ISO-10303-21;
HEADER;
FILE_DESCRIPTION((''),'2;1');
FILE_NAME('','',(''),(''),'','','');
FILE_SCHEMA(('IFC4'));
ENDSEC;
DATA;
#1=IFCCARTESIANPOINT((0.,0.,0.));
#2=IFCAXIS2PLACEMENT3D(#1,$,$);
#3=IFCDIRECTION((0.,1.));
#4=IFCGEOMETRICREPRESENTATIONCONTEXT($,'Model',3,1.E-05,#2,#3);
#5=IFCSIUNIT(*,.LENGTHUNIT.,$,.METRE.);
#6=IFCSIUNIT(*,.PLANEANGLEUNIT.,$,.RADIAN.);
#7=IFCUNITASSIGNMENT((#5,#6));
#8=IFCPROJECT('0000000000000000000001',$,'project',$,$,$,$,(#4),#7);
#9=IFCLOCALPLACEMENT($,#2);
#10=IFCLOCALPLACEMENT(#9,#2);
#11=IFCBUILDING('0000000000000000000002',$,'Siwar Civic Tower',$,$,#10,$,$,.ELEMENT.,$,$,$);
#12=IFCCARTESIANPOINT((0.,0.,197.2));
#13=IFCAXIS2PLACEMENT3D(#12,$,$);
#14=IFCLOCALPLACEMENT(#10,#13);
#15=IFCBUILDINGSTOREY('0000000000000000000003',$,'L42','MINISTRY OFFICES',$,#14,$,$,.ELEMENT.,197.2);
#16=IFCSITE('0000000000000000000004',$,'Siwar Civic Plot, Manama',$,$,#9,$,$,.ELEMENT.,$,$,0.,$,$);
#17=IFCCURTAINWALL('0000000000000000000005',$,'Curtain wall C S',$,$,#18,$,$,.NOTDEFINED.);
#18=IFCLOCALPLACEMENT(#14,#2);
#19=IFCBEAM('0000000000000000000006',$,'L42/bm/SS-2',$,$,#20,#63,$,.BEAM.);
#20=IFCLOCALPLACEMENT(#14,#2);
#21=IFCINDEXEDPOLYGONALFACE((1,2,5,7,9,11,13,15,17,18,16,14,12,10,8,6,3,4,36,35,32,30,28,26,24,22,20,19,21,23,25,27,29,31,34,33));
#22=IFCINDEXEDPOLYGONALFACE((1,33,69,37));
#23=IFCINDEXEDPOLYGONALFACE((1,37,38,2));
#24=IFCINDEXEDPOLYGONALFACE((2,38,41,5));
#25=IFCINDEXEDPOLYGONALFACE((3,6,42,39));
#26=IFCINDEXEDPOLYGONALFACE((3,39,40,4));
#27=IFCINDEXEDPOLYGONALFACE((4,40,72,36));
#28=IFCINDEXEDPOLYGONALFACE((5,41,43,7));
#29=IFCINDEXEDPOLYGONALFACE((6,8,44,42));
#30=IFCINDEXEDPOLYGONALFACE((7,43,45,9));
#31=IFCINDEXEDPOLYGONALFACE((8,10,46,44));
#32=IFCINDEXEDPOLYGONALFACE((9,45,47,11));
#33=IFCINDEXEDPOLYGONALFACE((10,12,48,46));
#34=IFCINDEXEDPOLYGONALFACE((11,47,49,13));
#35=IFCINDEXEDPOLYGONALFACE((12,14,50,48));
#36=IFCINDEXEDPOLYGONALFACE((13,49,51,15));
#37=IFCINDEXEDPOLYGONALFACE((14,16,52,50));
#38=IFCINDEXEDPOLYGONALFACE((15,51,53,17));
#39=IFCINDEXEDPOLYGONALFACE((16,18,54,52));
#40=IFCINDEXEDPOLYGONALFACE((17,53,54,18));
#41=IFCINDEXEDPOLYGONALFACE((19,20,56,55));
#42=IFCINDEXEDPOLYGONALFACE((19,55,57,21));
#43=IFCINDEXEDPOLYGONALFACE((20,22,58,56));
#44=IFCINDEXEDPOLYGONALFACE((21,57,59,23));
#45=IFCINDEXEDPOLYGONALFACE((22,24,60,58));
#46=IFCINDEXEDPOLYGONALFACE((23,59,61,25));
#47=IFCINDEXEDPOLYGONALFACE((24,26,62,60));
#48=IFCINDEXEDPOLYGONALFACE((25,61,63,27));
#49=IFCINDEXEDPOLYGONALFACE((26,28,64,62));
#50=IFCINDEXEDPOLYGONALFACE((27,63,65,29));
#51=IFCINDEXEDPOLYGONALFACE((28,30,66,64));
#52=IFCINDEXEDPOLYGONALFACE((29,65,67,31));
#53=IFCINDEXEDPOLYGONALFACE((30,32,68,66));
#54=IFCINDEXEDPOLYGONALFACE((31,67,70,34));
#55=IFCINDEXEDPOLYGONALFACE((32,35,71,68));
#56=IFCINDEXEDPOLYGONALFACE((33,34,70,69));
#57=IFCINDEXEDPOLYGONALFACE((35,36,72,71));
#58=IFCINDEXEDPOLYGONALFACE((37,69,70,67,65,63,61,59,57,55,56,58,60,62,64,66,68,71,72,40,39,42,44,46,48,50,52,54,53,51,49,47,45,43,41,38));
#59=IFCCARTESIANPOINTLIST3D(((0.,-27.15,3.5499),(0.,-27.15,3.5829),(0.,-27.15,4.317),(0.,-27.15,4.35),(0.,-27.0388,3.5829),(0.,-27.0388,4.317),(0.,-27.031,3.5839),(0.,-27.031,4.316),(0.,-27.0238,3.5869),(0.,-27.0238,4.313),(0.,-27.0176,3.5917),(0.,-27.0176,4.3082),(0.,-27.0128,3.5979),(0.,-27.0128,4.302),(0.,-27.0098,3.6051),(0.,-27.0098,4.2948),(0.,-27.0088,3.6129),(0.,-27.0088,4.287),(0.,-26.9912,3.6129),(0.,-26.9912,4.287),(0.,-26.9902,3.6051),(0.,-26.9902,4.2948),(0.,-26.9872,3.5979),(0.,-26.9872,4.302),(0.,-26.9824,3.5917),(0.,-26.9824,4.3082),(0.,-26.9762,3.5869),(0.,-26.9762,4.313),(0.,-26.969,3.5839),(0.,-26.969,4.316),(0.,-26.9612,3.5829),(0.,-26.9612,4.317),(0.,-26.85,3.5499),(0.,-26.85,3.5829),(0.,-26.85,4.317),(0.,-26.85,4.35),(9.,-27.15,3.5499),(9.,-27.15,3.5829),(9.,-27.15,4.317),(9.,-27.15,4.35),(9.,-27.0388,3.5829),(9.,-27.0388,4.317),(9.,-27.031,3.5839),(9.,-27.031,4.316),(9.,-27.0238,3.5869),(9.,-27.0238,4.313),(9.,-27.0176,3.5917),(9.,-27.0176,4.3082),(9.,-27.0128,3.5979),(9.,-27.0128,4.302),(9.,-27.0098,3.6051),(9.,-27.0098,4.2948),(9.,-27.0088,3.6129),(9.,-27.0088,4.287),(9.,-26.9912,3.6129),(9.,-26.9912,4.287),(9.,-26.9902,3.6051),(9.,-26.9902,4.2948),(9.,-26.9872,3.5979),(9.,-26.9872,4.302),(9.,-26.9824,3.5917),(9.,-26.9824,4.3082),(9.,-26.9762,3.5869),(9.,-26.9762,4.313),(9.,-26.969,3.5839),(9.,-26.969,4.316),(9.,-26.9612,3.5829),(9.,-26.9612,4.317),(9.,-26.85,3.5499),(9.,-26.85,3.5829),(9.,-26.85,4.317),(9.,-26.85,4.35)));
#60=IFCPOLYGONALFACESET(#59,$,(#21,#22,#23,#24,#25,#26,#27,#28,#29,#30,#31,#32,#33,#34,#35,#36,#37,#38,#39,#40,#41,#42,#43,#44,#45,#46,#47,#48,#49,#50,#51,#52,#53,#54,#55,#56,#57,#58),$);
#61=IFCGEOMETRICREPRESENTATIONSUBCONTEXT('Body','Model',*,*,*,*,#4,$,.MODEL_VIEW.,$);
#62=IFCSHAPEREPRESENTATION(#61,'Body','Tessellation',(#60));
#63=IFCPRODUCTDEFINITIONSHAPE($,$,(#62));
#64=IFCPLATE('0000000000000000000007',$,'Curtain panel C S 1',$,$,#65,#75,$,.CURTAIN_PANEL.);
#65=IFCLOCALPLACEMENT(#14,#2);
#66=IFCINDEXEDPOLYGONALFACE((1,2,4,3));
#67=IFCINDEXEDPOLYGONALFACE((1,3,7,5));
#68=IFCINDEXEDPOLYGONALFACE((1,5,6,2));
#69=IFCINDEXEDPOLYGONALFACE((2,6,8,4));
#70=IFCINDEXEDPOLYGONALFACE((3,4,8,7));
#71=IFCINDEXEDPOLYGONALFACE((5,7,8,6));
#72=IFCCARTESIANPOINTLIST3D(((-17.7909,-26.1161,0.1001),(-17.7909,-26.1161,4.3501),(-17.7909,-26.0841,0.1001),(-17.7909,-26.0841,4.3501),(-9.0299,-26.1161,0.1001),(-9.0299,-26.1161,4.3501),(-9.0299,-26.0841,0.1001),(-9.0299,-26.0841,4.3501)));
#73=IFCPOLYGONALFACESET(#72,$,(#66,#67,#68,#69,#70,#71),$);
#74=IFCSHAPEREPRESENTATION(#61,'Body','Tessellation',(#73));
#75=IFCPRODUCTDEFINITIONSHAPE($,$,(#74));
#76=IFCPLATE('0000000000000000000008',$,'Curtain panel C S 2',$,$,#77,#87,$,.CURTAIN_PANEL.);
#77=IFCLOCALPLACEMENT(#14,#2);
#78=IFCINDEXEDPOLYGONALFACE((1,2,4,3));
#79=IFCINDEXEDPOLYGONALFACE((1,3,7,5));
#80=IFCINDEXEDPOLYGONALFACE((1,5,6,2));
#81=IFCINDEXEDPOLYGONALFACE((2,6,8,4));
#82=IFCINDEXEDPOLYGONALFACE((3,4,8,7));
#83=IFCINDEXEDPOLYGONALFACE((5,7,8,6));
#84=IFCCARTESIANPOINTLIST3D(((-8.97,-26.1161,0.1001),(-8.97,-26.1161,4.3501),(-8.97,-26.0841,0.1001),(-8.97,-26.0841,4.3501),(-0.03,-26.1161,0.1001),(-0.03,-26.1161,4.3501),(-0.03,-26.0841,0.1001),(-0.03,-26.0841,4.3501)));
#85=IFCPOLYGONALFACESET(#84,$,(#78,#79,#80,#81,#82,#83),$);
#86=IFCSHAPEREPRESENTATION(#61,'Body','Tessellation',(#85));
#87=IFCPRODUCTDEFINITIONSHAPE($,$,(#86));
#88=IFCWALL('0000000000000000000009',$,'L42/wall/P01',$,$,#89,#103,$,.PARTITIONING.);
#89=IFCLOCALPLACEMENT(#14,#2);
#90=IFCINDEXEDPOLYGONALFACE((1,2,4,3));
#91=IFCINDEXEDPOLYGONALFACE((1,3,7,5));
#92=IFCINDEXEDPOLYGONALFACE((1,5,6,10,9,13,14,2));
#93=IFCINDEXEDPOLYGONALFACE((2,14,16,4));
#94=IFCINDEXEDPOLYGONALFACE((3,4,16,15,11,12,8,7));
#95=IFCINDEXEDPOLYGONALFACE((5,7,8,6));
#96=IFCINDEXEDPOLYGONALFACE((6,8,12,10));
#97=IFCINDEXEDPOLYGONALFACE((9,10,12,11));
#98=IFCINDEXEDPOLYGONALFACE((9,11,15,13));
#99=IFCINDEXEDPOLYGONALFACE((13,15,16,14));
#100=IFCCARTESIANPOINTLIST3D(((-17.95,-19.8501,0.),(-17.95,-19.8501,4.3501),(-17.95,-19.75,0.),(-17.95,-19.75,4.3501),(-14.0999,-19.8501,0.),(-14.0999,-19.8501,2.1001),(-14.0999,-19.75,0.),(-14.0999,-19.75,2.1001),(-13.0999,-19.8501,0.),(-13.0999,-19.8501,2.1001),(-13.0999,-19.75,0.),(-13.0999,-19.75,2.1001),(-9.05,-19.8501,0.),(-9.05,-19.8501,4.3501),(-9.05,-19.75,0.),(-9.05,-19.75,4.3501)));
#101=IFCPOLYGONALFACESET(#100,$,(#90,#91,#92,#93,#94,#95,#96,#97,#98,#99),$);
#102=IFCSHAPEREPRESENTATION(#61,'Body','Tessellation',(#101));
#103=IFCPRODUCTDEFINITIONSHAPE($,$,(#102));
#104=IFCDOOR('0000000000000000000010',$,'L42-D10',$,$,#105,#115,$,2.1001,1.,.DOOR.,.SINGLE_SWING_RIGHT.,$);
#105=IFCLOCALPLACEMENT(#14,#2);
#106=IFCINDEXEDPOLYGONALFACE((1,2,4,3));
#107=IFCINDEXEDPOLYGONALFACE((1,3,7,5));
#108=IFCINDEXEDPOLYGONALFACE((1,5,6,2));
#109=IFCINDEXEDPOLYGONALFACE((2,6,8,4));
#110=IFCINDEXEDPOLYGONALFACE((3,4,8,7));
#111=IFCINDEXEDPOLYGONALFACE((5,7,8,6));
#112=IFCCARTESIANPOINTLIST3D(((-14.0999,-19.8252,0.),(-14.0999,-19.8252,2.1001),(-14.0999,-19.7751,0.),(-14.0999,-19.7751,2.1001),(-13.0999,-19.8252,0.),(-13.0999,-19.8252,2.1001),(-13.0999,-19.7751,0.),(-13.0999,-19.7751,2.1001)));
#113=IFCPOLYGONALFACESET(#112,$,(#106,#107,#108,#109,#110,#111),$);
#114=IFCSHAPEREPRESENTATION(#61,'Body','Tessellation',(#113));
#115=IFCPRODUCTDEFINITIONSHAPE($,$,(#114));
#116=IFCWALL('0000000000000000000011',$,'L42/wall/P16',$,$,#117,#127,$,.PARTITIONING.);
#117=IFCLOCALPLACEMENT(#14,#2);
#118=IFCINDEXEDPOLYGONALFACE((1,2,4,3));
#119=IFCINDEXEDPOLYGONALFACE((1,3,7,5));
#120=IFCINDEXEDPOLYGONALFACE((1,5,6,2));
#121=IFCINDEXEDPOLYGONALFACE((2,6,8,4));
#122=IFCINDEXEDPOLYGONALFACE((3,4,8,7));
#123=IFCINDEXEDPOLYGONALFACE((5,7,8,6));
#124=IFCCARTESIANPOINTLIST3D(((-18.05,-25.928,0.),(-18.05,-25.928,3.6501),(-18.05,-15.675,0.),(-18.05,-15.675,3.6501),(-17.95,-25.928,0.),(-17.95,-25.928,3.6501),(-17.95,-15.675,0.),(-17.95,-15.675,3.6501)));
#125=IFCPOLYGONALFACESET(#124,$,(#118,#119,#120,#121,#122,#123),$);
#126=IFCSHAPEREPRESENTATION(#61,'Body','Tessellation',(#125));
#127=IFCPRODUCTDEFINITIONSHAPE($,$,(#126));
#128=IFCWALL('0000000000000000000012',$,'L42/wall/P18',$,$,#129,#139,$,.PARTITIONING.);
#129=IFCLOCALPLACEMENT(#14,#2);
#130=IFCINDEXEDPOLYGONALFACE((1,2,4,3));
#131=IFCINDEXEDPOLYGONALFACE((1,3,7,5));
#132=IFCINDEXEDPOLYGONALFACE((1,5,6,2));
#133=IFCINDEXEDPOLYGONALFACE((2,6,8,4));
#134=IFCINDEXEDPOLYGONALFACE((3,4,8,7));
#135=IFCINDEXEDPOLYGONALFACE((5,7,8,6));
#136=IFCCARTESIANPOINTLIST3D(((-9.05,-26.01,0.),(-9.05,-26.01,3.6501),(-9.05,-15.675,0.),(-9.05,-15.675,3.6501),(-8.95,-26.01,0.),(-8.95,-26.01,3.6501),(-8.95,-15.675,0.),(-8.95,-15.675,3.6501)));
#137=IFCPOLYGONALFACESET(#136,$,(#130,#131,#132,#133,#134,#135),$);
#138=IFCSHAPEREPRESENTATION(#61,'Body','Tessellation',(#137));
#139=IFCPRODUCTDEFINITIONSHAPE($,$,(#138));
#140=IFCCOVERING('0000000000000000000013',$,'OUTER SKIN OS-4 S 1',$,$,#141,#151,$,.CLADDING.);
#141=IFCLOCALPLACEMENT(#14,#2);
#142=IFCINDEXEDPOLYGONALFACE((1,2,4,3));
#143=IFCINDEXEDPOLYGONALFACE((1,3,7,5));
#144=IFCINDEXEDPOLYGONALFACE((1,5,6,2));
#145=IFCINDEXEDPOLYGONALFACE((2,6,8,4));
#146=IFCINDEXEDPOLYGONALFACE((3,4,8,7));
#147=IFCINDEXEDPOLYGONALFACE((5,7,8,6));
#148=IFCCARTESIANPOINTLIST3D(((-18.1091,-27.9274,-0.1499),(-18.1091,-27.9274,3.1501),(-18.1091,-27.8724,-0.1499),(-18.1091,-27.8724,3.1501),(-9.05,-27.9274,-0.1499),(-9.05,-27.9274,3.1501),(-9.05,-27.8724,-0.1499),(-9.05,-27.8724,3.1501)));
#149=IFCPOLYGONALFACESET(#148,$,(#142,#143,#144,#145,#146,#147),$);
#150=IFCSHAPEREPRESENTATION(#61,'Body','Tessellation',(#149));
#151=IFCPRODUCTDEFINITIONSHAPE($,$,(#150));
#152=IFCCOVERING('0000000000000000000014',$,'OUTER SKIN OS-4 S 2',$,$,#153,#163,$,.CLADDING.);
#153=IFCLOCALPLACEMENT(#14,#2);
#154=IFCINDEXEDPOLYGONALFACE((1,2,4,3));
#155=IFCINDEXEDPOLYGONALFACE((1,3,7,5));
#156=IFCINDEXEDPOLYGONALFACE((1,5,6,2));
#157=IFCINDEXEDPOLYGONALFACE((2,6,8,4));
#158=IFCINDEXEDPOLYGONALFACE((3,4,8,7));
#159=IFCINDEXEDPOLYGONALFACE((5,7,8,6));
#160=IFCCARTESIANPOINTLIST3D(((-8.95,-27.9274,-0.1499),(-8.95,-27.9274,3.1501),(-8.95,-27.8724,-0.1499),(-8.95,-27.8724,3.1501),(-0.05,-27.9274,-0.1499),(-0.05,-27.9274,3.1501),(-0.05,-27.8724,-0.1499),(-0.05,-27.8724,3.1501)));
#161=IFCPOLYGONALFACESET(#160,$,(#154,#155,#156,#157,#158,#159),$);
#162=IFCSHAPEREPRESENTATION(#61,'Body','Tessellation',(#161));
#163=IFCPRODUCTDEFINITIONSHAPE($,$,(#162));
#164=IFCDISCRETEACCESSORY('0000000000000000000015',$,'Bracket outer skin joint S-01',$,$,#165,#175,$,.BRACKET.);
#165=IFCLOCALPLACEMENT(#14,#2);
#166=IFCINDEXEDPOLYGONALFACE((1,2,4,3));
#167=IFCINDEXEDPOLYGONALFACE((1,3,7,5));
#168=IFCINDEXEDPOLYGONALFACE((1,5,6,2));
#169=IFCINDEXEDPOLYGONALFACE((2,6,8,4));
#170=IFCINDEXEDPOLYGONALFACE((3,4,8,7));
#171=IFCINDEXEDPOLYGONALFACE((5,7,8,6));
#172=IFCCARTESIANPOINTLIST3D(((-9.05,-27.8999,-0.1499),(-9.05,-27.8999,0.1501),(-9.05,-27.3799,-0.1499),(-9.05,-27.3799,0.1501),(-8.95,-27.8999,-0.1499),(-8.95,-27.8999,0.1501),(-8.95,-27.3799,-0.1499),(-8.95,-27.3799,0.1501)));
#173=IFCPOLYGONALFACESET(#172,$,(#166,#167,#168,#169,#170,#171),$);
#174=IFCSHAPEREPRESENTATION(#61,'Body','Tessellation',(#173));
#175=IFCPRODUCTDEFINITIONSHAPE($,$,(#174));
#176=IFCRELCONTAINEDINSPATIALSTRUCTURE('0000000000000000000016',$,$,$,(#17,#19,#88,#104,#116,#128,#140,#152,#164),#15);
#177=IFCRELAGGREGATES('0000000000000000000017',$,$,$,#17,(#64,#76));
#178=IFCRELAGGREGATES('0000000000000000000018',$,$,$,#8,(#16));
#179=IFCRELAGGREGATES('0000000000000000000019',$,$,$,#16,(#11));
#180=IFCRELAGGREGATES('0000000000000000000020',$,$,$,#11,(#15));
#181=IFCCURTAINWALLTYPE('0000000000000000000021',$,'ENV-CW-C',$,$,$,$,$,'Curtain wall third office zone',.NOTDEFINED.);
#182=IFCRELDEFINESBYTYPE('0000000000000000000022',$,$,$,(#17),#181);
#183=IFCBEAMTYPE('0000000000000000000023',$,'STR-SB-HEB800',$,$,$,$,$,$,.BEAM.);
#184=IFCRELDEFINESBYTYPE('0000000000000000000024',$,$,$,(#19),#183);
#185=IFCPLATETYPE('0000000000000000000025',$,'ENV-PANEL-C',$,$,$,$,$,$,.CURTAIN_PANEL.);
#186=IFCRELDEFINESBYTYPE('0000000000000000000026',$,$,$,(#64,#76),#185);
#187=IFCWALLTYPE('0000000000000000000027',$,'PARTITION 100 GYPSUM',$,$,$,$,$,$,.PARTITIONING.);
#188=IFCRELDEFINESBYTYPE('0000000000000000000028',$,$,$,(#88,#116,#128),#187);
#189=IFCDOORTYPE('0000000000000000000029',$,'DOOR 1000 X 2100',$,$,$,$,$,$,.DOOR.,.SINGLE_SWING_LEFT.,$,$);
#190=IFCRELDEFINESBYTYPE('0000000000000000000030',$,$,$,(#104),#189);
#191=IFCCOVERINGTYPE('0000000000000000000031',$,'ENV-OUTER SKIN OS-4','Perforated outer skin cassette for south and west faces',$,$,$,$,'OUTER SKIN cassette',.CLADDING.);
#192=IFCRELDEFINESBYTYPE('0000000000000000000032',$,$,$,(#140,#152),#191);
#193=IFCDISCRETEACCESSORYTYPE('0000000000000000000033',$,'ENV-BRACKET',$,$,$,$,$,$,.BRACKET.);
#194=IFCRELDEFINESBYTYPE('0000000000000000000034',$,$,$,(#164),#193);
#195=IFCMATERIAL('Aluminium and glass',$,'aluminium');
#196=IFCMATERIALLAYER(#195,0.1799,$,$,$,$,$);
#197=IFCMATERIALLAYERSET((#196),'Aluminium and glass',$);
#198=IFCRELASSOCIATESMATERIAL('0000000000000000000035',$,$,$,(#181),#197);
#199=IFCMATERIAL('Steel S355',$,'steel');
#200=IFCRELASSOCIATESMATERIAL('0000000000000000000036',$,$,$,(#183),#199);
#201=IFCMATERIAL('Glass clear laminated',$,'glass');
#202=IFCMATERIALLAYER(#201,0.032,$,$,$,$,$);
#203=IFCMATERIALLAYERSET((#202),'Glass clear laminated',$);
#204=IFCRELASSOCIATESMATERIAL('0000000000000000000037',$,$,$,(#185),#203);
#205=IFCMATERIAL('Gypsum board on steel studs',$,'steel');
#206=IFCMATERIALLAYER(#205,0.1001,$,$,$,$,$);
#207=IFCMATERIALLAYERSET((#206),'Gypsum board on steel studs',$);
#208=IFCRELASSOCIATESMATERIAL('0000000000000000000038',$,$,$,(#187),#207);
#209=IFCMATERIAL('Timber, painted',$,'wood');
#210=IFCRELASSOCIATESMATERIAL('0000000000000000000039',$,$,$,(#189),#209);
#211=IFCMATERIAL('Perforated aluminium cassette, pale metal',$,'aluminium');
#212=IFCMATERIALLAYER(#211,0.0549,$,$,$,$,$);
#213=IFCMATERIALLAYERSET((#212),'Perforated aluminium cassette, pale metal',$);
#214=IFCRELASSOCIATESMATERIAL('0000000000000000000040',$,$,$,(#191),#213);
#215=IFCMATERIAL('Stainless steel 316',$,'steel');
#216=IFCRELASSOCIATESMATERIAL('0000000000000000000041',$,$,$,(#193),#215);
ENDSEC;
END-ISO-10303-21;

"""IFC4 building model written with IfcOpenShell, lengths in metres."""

from ifc_helpers import new_model, si_unit, direction, frame, frame_2d, origin, origin_2d, place, context, subcontext, project, spatial, rectangle, i_section, extrude, material, layer, layer_set, material_profile, profile_set, type_object, element, fill, aggregate, save


model = new_model("IFC4")

# Units and contexts
model_context = context("Model", 3, precision=1e-05, world=origin(), true_north=direction((0.0, 1.0)))
body_context = subcontext(model_context, "Body", "Model", "MODEL_VIEW")
ifc_project = project(units=[si_unit("LENGTHUNIT", "METRE"), si_unit("PLANEANGLEUNIT", "RADIAN")], contexts=[model_context])

# Site, building, storey
site_placement = place(None, origin())
site = spatial("IfcSite", under=ifc_project, at=site_placement, Name="Siwar Civic Plot, Manama", CompositionType="ELEMENT", RefElevation=0.0)
building_placement = place(site_placement, origin())
building = spatial("IfcBuilding", under=site, at=building_placement, Name="Siwar Civic Tower", CompositionType="ELEMENT")
storey_placement = place(building_placement, frame((0.0, 0.0, 197.2)))
storey = spatial("IfcBuildingStorey", under=building, at=storey_placement, Name="L42", Description="MINISTRY OFFICES", CompositionType="ELEMENT", Elevation=197.2)

# Curtain wall
ifc_material_1 = material(Name="Aluminium and glass", Category="aluminium")
ifc_layer_1 = layer(ifc_material_1, 0.1799)
ifc_layer_set_1 = layer_set([ifc_layer_1], Name="Aluminium and glass")
curtain_wall_type = type_object("IfcCurtainWallType", Name="ENV-CW-C", ElementType="Curtain wall third office zone", PredefinedType="NOTDEFINED", material=ifc_layer_set_1)
curtain_wall_placement = place(storey_placement, origin())
curtain_wall = element("IfcCurtainWall", 1, at=curtain_wall_placement, inside=storey, type_object=curtain_wall_type, Name="Curtain wall C S", PredefinedType="NOTDEFINED")

# Beam
ifc_material_2 = material(Name="Steel S355", Category="steel")
ifc_material_profile_1 = material_profile(ifc_material_2, i_section(OverallWidth=0.3, OverallDepth=0.8, WebThickness=0.0176, FlangeThickness=0.033, FilletRadius=0.03, at=origin_2d()), Name="HEB800")
ifc_profile_set_1 = profile_set([ifc_material_profile_1], Name="Steel S355")
beam_type_1 = type_object("IfcBeamType", Name="STR-SB-HEB800", PredefinedType="BEAM", material=ifc_profile_set_1)
for number, where, z_axis, x_axis, name in (
    (2, (0.0, -27.0, 3.95), (1.0, 0.0, 0.0), (0.0, 1.0, 0.0), "L42/bm/SS-2"),
):
    element("IfcBeam", number, at=place(storey_placement, frame(where, z_axis=z_axis, x_axis=x_axis)), inside=storey, type_object=beam_type_1, Name=name, PredefinedType="BEAM", context=body_context, shape_type="SweptSolid", body=[
        extrude(i_section(OverallWidth=0.3, OverallDepth=0.8, WebThickness=0.0176, FlangeThickness=0.033, FilletRadius=0.03, at=origin_2d()), origin(), (0.0, 0.0, 1.0), 9.0),
    ])

# Plates
ifc_material_3 = material(Name="Glass clear laminated", Category="glass")
ifc_layer_2 = layer(ifc_material_3, 0.032)
ifc_layer_set_2 = layer_set([ifc_layer_2], Name="Glass clear laminated")
plate_type = type_object("IfcPlateType", Name="ENV-PANEL-C", PredefinedType="CURTAIN_PANEL", material=ifc_layer_set_2)
plate_1_placement = place(storey_placement, frame((-13.4104, -26.1001, 0.1001), z_axis=(0.0, 0.0, 1.0), x_axis=(1.0, 0.0, 0.0)))
plate_1 = element("IfcPlate", 3, at=plate_1_placement, type_object=plate_type, Name="Curtain panel C S 1", PredefinedType="CURTAIN_PANEL", context=body_context, shape_type="SweptSolid", body=[
    extrude(rectangle(XDim=8.761, YDim=0.032, at=origin_2d()), origin(), (0.0, 0.0, 1.0), 4.25),
])
plate_2_placement = place(storey_placement, frame((-4.5, -26.1001, 0.1001), z_axis=(0.0, 0.0, 1.0), x_axis=(1.0, 0.0, 0.0)))
plate_2 = element("IfcPlate", 4, at=plate_2_placement, type_object=plate_type, Name="Curtain panel C S 2", PredefinedType="CURTAIN_PANEL", context=body_context, shape_type="SweptSolid", body=[
    extrude(rectangle(XDim=8.9399, YDim=0.032, at=origin_2d()), origin(), (0.0, 0.0, 1.0), 4.25),
])
aggregate(curtain_wall, [plate_1, plate_2])

# Wall, opening, door
ifc_material_4 = material(Name="Gypsum board on steel studs", Category="steel")
ifc_layer_3 = layer(ifc_material_4, 0.1001)
ifc_layer_set_3 = layer_set([ifc_layer_3], Name="Gypsum board on steel studs")
wall_type = type_object("IfcWallType", Name="PARTITION 100 GYPSUM", PredefinedType="PARTITIONING", material=ifc_layer_set_3)
wall_1_placement = place(storey_placement, frame((-17.95, -19.8, 0.0), z_axis=(0.0, 0.0, 1.0), x_axis=(1.0, 0.0, 0.0)))
wall_1 = element("IfcWall", 5, at=wall_1_placement, inside=storey, type_object=wall_type, Name="L42/wall/P01", PredefinedType="PARTITIONING", context=body_context, shape_type="SweptSolid", body=[
    extrude(rectangle(XDim=8.8999, YDim=0.1001, at=frame_2d((4.45, 0.0))), origin(), (0.0, 0.0, 1.0), 4.3501),
])
opening_placement = place(wall_1_placement, frame((3.8501, 0.0, 0.0)))
opening = element("IfcOpeningElement", 6, at=opening_placement, cuts=wall_1, PredefinedType="OPENING", context=body_context, shape_type="SweptSolid", body=[
    extrude(rectangle(XDim=1.0, YDim=2.1001, at=frame_2d((0.5, 1.05))), frame((0.0, 0.0601, 0.0), z_axis=(0.0, -1.0, 0.0), x_axis=(1.0, 0.0, 0.0)), (0.0, 0.0, 1.0), 0.1201),
])
ifc_material_5 = material(Name="Timber, painted", Category="wood")
door_type = type_object("IfcDoorType", Name="DOOR 1000 X 2100", OperationType="SINGLE_SWING_LEFT", PredefinedType="DOOR", material=ifc_material_5)
door_placement = place(opening_placement, origin())
door = element("IfcDoor", 7, at=door_placement, inside=storey, type_object=door_type, Name="L42-D10", OperationType="SINGLE_SWING_RIGHT", OverallHeight=2.1001, OverallWidth=1.0, PredefinedType="DOOR", context=body_context, shape_type="SweptSolid", body=[
    extrude(rectangle(XDim=1.0, YDim=2.1001, at=frame_2d((0.5, 1.05))), frame((0.0, 0.0249, 0.0), z_axis=(0.0, -1.0, 0.0), x_axis=(1.0, 0.0, 0.0)), (0.0, 0.0, 1.0), 0.05),
])
fill(opening, door)

# Walls
wall_2_placement = place(storey_placement, frame((-18.0, -25.928, 0.0), z_axis=(0.0, 0.0, 1.0), x_axis=(0.0, 1.0, 0.0)))
element("IfcWall", 8, at=wall_2_placement, inside=storey, type_object=wall_type, Name="L42/wall/P16", PredefinedType="PARTITIONING", context=body_context, shape_type="SweptSolid", body=[
    extrude(rectangle(XDim=10.2529, YDim=0.1001, at=frame_2d((5.1265, 0.0))), origin(), (0.0, 0.0, 1.0), 3.6501),
])
wall_3_placement = place(storey_placement, frame((-9.0, -26.01, 0.0), z_axis=(0.0, 0.0, 1.0), x_axis=(0.0, 1.0, 0.0)))
element("IfcWall", 9, at=wall_3_placement, inside=storey, type_object=wall_type, Name="L42/wall/P18", PredefinedType="PARTITIONING", context=body_context, shape_type="SweptSolid", body=[
    extrude(rectangle(XDim=10.335, YDim=0.1001, at=frame_2d((5.1675, 0.0))), origin(), (0.0, 0.0, 1.0), 3.6501),
])

# Coverings
ifc_material_6 = material(Name="Perforated aluminium cassette, pale metal", Category="aluminium")
ifc_layer_4 = layer(ifc_material_6, 0.0549)
ifc_layer_set_4 = layer_set([ifc_layer_4], Name="Perforated aluminium cassette, pale metal")
covering_type = type_object("IfcCoveringType", Name="ENV-OUTER SKIN OS-4", Description="Perforated outer skin cassette for south and west faces", ElementType="OUTER SKIN cassette", PredefinedType="CLADDING", material=ifc_layer_set_4)
covering_1_placement = place(storey_placement, frame((-13.5796, -27.8999, -0.1499), z_axis=(0.0, 0.0, 1.0), x_axis=(1.0, 0.0, 0.0)))
element("IfcCovering", 10, at=covering_1_placement, inside=storey, type_object=covering_type, Name="OUTER SKIN OS-4 S 1", PredefinedType="CLADDING", context=body_context, shape_type="SweptSolid", body=[
    extrude(rectangle(XDim=9.0591, YDim=0.0549, at=origin_2d()), origin(), (0.0, 0.0, 1.0), 3.3),
])
covering_2_placement = place(storey_placement, frame((-4.5, -27.8999, -0.1499), z_axis=(0.0, 0.0, 1.0), x_axis=(1.0, 0.0, 0.0)))
element("IfcCovering", 11, at=covering_2_placement, inside=storey, type_object=covering_type, Name="OUTER SKIN OS-4 S 2", PredefinedType="CLADDING", context=body_context, shape_type="SweptSolid", body=[
    extrude(rectangle(XDim=8.8999, YDim=0.0549, at=origin_2d()), origin(), (0.0, 0.0, 1.0), 3.3),
])

# Discrete accessory
ifc_material_7 = material(Name="Stainless steel 316", Category="steel")
discrete_accessory_type = type_object("IfcDiscreteAccessoryType", Name="ENV-BRACKET", PredefinedType="BRACKET", material=ifc_material_7)
discrete_accessory_placement = place(storey_placement, frame((-9.0, -27.6399, -0.1499), z_axis=(0.0, 0.0, 1.0), x_axis=(0.0, -1.0, 0.0)))
element("IfcDiscreteAccessory", 12, at=discrete_accessory_placement, inside=storey, type_object=discrete_accessory_type, Name="Bracket outer skin joint S-01", PredefinedType="BRACKET", context=body_context, shape_type="SweptSolid", body=[
    extrude(rectangle(XDim=0.52, YDim=0.1001, at=origin_2d()), origin(), (0.0, 0.0, 1.0), 0.3),
])

save(model, "model.ifc")
